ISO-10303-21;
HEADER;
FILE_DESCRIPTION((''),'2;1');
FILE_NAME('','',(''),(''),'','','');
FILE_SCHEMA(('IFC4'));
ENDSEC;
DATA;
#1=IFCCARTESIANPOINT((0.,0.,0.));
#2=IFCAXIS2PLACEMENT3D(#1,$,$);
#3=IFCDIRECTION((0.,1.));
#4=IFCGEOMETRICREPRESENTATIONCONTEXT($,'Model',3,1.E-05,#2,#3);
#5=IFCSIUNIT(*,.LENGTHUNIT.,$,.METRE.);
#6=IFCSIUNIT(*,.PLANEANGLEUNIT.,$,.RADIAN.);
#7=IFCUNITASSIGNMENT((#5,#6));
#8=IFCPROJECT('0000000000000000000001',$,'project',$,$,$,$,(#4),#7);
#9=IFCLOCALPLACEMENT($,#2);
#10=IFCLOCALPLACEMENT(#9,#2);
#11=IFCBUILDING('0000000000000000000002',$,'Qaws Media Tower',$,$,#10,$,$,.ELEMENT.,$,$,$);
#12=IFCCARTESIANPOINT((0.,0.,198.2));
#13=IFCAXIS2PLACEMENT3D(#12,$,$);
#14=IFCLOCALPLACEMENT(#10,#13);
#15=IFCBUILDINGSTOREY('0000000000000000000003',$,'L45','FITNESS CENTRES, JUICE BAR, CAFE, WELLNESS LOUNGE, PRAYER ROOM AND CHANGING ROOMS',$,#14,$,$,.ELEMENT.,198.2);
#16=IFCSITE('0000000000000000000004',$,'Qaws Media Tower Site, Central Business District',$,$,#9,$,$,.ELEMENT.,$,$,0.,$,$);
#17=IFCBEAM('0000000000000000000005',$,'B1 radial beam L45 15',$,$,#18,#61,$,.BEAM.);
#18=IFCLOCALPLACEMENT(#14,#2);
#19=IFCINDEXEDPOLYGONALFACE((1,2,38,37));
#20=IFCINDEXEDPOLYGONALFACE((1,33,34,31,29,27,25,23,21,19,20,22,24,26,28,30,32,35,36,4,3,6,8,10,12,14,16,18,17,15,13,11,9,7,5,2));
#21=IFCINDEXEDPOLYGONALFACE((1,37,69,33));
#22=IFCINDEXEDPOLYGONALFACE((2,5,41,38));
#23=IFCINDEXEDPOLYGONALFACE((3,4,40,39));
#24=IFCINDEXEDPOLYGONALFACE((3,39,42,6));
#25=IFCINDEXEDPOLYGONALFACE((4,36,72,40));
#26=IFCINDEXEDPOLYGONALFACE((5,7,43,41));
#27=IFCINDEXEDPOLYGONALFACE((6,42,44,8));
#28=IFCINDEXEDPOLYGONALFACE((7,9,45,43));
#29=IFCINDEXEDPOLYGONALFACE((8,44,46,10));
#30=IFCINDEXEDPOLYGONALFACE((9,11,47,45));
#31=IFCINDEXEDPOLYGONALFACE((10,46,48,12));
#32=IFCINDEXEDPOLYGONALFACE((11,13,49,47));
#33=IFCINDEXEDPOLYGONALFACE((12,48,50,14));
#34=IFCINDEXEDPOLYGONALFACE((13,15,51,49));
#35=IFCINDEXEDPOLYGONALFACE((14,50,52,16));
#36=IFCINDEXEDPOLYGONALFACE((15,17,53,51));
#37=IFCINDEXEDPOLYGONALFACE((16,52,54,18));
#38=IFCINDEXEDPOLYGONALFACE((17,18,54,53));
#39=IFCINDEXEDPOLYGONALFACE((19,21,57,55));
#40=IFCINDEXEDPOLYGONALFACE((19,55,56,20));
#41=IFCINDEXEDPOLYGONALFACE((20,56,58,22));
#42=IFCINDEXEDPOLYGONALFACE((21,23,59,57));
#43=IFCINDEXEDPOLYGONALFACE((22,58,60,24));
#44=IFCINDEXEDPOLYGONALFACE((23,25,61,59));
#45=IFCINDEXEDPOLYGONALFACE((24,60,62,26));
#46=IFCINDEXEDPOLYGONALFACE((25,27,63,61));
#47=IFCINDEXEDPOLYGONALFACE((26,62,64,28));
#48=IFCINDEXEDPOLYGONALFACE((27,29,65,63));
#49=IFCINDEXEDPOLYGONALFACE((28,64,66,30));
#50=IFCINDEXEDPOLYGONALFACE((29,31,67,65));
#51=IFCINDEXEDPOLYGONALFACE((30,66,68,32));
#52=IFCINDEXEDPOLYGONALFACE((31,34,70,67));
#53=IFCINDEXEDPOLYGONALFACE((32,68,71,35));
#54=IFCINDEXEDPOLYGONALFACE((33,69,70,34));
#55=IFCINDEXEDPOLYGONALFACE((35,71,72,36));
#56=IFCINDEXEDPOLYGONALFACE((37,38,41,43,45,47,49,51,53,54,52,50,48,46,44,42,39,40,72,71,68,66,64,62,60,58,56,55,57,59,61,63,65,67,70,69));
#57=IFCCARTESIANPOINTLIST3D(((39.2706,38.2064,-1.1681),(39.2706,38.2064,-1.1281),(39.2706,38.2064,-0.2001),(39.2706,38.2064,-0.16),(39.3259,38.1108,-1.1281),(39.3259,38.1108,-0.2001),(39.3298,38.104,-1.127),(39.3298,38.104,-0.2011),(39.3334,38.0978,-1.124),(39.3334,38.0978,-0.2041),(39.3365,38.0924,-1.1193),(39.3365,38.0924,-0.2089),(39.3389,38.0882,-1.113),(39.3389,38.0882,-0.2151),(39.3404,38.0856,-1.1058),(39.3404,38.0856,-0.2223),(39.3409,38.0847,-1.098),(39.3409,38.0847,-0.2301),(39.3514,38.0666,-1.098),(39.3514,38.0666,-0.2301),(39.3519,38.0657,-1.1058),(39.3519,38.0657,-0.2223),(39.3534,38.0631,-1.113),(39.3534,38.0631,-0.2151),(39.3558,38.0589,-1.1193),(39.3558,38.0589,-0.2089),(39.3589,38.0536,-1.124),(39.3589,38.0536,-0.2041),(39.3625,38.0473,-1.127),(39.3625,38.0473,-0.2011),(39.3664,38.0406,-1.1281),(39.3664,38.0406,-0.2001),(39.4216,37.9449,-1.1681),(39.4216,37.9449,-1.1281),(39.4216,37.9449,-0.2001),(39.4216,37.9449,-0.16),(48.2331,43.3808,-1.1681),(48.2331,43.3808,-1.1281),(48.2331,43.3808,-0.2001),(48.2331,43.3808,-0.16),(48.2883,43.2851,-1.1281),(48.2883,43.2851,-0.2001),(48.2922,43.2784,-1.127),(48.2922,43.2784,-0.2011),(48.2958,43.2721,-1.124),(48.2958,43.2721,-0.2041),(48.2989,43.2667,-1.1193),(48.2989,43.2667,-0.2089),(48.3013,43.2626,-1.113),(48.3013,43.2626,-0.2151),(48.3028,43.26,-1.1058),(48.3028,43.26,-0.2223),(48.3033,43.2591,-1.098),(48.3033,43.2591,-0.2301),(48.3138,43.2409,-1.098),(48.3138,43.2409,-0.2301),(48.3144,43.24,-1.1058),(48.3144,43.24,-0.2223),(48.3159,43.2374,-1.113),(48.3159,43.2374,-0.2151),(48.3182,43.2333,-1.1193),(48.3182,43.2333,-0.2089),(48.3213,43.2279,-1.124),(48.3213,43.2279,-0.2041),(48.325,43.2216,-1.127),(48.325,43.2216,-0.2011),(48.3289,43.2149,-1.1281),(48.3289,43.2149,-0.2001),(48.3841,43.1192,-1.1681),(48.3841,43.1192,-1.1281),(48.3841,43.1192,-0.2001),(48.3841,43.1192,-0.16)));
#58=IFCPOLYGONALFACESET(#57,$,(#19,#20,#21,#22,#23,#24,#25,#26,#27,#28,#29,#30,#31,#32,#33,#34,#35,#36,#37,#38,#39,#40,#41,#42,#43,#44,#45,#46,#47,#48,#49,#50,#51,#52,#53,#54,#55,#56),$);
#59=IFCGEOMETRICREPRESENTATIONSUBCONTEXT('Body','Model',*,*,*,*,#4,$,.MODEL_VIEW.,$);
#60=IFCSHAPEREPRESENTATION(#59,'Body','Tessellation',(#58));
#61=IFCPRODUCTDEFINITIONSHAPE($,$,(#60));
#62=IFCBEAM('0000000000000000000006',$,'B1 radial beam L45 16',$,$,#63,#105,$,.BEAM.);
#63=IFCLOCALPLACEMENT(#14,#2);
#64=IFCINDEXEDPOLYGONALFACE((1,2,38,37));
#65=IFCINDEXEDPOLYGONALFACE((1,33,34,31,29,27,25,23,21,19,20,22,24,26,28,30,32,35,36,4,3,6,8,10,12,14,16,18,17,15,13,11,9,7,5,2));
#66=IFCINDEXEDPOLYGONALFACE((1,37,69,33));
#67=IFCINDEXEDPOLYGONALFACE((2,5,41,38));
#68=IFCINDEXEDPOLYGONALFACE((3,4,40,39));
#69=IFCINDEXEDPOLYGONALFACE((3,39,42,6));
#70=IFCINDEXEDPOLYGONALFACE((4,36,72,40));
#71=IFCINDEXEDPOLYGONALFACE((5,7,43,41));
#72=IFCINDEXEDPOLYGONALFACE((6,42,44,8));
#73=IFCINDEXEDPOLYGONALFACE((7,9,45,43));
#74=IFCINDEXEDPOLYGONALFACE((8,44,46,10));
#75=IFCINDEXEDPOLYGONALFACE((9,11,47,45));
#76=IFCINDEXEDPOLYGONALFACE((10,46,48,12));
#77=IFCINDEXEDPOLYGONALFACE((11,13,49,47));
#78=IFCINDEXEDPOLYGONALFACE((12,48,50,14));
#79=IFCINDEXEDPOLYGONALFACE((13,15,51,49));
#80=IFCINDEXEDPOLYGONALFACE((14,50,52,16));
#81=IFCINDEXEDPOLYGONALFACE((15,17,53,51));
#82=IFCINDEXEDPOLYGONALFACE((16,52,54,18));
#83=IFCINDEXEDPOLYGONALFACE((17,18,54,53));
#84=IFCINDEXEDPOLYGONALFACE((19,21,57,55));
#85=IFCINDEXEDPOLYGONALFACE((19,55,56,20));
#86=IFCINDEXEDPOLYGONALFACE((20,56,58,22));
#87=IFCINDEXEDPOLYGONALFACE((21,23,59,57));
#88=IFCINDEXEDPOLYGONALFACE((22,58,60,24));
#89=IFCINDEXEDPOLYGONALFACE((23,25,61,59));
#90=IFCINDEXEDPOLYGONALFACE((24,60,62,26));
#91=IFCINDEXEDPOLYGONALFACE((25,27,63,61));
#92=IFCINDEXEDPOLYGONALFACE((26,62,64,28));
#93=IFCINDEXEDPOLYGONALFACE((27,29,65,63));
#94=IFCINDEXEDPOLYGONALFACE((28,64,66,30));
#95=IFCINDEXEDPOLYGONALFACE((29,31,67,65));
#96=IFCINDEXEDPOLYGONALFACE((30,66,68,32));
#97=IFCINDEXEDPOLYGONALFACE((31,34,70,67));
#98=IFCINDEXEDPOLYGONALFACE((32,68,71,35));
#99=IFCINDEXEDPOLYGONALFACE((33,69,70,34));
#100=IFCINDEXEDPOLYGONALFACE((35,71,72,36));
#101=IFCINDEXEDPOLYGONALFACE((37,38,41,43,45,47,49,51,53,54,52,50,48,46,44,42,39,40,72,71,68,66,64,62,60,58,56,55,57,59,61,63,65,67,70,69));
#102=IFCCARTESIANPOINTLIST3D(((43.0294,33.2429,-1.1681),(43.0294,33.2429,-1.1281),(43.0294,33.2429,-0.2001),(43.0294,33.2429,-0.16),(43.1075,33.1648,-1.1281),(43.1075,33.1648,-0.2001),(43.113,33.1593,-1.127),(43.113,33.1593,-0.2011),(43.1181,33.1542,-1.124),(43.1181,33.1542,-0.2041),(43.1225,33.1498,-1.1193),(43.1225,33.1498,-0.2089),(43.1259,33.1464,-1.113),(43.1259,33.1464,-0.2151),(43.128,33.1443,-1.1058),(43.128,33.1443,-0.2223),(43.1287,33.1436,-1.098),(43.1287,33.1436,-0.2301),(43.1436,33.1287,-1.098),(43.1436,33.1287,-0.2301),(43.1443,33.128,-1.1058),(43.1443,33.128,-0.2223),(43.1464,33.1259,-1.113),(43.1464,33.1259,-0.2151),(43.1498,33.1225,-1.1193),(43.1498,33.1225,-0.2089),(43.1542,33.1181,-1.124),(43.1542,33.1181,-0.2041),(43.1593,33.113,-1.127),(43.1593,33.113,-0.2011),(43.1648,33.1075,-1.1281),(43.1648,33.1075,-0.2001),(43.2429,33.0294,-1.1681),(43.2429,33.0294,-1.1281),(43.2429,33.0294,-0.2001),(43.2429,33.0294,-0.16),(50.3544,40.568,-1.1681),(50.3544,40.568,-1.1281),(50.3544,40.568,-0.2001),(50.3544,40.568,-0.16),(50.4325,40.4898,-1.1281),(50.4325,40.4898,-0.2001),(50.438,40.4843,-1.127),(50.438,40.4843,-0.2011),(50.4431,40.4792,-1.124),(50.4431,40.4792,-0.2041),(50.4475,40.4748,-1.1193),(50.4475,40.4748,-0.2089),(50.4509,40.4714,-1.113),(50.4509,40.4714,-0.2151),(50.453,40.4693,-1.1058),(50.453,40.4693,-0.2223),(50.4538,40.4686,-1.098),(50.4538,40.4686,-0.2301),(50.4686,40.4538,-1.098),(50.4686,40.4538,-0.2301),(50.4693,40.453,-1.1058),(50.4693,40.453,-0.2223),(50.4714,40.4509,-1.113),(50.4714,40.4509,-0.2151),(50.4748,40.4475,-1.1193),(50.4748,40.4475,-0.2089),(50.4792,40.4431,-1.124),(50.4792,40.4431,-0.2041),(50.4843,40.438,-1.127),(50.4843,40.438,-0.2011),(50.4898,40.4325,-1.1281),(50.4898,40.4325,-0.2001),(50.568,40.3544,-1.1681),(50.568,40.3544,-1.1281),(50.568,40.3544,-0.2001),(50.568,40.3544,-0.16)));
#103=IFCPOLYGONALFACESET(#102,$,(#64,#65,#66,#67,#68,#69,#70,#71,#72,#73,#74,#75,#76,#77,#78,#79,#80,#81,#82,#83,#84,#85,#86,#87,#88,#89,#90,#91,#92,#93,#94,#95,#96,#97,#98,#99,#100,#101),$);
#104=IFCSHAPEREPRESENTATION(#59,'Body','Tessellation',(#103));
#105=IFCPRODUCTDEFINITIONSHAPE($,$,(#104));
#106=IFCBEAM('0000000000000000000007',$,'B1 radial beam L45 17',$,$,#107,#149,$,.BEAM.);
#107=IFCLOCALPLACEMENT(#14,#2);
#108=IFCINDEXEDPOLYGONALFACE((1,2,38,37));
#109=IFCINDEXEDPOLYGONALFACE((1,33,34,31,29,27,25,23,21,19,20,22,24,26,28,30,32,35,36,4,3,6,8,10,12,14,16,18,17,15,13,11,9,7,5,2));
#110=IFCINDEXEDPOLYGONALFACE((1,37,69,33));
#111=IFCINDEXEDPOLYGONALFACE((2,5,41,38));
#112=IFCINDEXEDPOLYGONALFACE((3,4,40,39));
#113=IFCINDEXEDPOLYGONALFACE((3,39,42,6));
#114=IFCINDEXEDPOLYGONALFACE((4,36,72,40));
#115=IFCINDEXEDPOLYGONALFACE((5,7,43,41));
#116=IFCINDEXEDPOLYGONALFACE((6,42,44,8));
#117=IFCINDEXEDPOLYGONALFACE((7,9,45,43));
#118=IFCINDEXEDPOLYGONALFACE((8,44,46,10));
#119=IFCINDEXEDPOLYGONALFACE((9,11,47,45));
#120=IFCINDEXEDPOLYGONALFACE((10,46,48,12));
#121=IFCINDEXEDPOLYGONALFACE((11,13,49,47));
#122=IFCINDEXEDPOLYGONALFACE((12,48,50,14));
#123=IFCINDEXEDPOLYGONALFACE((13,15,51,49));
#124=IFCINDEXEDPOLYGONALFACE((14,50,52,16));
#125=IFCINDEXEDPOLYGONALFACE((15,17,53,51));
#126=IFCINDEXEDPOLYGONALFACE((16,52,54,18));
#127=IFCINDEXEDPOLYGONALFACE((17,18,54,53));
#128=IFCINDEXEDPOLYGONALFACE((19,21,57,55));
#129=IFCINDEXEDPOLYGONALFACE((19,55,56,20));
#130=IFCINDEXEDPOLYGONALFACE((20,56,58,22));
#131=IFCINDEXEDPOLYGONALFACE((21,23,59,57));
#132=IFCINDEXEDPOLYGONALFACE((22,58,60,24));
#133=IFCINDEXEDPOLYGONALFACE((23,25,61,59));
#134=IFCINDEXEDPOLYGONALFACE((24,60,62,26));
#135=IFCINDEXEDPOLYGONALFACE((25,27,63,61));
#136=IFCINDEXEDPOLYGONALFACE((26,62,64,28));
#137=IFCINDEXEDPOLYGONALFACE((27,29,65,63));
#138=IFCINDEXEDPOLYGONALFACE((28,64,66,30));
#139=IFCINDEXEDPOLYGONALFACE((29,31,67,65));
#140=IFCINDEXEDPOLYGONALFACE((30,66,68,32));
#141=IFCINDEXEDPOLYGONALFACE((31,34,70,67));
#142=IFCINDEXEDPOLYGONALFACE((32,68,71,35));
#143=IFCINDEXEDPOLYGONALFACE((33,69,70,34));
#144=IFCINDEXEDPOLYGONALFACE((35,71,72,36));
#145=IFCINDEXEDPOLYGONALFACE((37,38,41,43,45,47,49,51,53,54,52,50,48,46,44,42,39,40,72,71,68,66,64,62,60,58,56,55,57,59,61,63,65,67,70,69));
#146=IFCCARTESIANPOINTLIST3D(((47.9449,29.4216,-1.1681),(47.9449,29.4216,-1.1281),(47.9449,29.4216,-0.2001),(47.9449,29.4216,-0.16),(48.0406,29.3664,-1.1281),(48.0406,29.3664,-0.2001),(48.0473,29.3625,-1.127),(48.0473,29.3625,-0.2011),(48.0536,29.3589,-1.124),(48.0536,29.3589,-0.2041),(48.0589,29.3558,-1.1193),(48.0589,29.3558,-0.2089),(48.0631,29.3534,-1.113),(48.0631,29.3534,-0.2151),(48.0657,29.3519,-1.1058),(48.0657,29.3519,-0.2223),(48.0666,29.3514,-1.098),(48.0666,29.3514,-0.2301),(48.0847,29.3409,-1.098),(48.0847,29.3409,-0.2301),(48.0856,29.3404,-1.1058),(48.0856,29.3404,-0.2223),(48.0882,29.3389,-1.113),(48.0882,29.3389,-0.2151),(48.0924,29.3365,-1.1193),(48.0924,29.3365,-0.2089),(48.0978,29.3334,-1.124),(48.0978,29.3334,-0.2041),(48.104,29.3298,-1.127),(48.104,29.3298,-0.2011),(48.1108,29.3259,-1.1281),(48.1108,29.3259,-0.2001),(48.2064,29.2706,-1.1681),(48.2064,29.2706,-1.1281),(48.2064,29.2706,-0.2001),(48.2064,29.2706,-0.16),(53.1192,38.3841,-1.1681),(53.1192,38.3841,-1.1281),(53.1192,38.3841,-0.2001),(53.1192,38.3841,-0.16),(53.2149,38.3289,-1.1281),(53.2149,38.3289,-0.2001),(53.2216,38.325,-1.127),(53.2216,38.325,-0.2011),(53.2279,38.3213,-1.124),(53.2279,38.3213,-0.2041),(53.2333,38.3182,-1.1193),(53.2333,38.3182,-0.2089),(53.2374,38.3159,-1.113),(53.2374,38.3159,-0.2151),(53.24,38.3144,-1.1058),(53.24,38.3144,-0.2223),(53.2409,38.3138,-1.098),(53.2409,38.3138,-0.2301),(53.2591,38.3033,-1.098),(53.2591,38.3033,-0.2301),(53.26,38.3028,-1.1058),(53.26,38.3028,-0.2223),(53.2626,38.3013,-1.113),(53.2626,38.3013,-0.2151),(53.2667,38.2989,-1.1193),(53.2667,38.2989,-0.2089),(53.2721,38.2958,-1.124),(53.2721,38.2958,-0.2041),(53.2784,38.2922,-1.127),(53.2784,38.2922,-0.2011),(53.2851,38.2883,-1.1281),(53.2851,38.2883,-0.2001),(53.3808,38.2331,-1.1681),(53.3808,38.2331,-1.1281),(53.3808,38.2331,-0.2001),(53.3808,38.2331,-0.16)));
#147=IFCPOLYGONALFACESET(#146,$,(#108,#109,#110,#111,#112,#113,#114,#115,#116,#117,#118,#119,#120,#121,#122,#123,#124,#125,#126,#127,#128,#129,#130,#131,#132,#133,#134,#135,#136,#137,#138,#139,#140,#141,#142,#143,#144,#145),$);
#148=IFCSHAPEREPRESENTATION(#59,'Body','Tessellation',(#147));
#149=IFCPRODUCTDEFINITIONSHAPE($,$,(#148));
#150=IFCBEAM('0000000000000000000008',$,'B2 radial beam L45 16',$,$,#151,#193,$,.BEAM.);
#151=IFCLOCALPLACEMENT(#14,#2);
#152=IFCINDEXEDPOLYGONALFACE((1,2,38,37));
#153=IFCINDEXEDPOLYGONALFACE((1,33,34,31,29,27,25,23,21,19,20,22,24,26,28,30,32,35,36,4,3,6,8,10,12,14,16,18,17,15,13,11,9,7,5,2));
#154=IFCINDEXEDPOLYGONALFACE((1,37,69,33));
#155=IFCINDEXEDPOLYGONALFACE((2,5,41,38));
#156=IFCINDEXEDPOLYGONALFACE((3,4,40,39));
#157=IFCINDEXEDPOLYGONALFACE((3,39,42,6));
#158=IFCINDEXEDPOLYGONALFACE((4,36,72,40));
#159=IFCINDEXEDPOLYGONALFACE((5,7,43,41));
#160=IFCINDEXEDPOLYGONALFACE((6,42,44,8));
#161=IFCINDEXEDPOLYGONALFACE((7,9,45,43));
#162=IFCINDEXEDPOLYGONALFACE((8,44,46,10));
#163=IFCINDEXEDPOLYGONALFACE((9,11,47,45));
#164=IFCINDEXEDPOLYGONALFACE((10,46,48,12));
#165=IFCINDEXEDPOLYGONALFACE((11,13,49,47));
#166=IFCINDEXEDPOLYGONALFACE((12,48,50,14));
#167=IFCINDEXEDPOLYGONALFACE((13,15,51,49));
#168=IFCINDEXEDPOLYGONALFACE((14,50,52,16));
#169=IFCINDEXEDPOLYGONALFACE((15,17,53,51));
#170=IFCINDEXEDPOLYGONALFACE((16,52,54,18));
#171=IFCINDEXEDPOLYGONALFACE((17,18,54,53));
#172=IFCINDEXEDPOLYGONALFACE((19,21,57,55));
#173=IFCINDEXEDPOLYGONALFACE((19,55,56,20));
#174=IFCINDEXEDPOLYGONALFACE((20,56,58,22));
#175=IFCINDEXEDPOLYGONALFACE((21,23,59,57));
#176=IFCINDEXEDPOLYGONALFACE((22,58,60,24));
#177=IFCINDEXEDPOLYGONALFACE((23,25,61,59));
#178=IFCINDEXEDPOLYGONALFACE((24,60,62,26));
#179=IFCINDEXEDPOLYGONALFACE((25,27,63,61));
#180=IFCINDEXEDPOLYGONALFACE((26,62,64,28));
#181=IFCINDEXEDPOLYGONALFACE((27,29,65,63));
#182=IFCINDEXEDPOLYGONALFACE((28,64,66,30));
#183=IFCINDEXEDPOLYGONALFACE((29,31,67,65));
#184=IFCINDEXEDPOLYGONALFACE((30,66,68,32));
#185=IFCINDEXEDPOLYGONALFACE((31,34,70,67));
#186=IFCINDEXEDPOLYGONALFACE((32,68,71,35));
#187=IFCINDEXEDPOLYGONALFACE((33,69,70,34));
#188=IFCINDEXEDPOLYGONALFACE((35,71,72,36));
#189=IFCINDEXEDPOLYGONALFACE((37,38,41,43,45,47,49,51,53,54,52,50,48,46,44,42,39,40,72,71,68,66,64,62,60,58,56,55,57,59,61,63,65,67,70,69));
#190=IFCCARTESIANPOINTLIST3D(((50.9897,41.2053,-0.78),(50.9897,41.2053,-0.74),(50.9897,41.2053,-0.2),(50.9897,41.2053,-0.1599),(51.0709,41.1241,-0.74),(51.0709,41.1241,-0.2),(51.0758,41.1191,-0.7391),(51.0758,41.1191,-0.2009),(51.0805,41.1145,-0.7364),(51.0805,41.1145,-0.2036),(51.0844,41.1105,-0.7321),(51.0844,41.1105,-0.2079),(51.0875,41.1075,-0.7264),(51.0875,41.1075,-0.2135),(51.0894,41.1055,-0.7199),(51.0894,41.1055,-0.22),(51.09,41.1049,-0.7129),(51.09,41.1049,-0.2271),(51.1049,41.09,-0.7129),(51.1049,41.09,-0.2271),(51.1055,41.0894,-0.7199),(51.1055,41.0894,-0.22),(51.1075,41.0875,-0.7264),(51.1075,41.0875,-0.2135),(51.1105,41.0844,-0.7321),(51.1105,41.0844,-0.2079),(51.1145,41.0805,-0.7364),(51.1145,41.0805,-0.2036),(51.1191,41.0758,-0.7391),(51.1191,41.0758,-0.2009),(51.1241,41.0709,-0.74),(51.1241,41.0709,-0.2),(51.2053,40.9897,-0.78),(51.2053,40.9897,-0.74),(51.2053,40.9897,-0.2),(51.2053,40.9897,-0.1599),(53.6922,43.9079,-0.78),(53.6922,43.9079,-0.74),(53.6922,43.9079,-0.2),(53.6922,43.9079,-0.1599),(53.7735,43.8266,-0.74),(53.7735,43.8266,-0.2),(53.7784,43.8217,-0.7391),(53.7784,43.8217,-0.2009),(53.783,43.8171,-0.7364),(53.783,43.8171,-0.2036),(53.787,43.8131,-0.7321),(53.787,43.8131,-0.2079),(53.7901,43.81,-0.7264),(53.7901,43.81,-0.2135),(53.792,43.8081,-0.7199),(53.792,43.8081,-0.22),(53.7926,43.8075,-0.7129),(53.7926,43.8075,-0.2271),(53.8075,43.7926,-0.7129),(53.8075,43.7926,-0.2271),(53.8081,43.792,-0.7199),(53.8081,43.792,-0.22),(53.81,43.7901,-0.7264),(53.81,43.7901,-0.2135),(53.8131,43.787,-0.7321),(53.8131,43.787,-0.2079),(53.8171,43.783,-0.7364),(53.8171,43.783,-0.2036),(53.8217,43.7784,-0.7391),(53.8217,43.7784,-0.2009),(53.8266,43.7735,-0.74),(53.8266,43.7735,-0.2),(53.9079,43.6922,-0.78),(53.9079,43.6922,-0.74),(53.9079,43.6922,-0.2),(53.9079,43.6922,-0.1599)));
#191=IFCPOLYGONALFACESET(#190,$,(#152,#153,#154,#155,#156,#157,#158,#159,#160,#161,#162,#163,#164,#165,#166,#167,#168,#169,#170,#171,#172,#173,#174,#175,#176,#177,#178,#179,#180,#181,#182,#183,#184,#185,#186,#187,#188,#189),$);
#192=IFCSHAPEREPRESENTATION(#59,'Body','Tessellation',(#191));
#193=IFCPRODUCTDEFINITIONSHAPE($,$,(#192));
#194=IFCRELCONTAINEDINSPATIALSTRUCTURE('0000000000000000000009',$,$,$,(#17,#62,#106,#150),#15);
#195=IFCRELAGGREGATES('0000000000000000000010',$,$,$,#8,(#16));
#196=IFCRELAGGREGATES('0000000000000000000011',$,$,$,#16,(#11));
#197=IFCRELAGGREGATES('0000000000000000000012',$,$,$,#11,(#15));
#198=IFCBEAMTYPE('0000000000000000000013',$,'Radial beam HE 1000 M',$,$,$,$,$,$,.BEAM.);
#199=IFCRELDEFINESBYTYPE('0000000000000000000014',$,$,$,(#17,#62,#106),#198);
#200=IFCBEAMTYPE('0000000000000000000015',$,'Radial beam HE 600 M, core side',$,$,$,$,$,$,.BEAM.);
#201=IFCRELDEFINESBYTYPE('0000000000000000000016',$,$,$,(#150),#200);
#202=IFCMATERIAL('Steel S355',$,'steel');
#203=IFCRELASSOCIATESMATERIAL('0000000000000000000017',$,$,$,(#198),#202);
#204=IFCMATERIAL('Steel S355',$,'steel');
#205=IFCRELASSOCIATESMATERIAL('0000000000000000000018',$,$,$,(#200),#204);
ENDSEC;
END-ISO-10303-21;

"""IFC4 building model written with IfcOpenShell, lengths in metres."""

from ifc_helpers import new_model, si_unit, direction, frame, origin, origin_2d, place, context, subcontext, project, spatial, i_section, extrude, material, material_profile, profile_set, type_object, element, save


model = new_model("IFC4")

# Units and contexts
model_context = context("Model", 3, precision=1e-05, world=origin(), true_north=direction((0.0, 1.0)))
body_context = subcontext(model_context, "Body", "Model", "MODEL_VIEW")
ifc_project = project(units=[si_unit("LENGTHUNIT", "METRE"), si_unit("PLANEANGLEUNIT", "RADIAN")], contexts=[model_context])

# Site, building, storey
site_placement = place(None, origin())
site = spatial("IfcSite", under=ifc_project, at=site_placement, Name="Qaws Media Tower Site, Central Business District", CompositionType="ELEMENT", RefElevation=0.0)
building_placement = place(site_placement, origin())
building = spatial("IfcBuilding", under=site, at=building_placement, Name="Qaws Media Tower", CompositionType="ELEMENT")
storey_placement = place(building_placement, frame((0.0, 0.0, 198.2)))
storey = spatial("IfcBuildingStorey", under=building, at=storey_placement, Name="L45", Description="FITNESS CENTRES, JUICE BAR, CAFE, WELLNESS LOUNGE, PRAYER ROOM AND CHANGING ROOMS", CompositionType="ELEMENT", Elevation=198.2)

# Beams
ifc_material_1 = material(Name="Steel S355", Category="steel")
ifc_material_profile_1 = material_profile(ifc_material_1, i_section(OverallWidth=0.302, OverallDepth=1.0081, WebThickness=0.021, FlangeThickness=0.04, FilletRadius=0.03, at=origin_2d()), Name="HE 1000 M")
ifc_profile_set_1 = profile_set([ifc_material_profile_1], Name="Steel S355")
beam_type_1 = type_object("IfcBeamType", Name="Radial beam HE 1000 M", PredefinedType="BEAM", material=ifc_profile_set_1)
beam_1_placement = place(storey_placement, frame((48.3086, 43.25, -0.6641), z_axis=(-0.866031, -0.499991, 0.0), x_axis=(0.499991, -0.866031, 0.0)))
element("IfcBeam", 1, at=beam_1_placement, inside=storey, type_object=beam_type_1, Name="B1 radial beam L45 15", PredefinedType="BEAM", context=body_context, shape_type="SweptSolid", body=[
    extrude(i_section(OverallWidth=0.302, OverallDepth=1.0081, WebThickness=0.021, FlangeThickness=0.04, FilletRadius=0.03, at=origin_2d()), origin(), (0.0, 0.0, 1.0), 10.3489),
])
beam_2_placement = place(storey_placement, frame((50.4612, 40.4612, -0.6641), z_axis=(-0.707107, -0.707107, 0.0), x_axis=(0.707107, -0.707107, 0.0)))
element("IfcBeam", 2, at=beam_2_placement, inside=storey, type_object=beam_type_1, Name="B1 radial beam L45 16", PredefinedType="BEAM", context=body_context, shape_type="SweptSolid", body=[
    extrude(i_section(OverallWidth=0.302, OverallDepth=1.0081, WebThickness=0.021, FlangeThickness=0.04, FilletRadius=0.03, at=origin_2d()), origin(), (0.0, 0.0, 1.0), 10.3591),
])
beam_3_placement = place(storey_placement, frame((53.25, 38.3086, -0.6641), z_axis=(-0.499991, -0.866031, 0.0), x_axis=(0.866031, -0.499991, 0.0)))
element("IfcBeam", 3, at=beam_3_placement, inside=storey, type_object=beam_type_1, Name="B1 radial beam L45 17", PredefinedType="BEAM", context=body_context, shape_type="SweptSolid", body=[
    extrude(i_section(OverallWidth=0.302, OverallDepth=1.0081, WebThickness=0.021, FlangeThickness=0.04, FilletRadius=0.03, at=origin_2d()), origin(), (0.0, 0.0, 1.0), 10.3489),
])
ifc_material_2 = material(Name="Steel S355", Category="steel")
ifc_material_profile_2 = material_profile(ifc_material_2, i_section(OverallWidth=0.3049, OverallDepth=0.6201, WebThickness=0.021, FlangeThickness=0.04, FilletRadius=0.0271, at=origin_2d()), Name="HE 600 M")
ifc_profile_set_2 = profile_set([ifc_material_profile_2], Name="Steel S355")
beam_type_2 = type_object("IfcBeamType", Name="Radial beam HE 600 M, core side", PredefinedType="BEAM", material=ifc_profile_set_2)
beam_4_placement = place(storey_placement, frame((53.8, 43.8, -0.47), z_axis=(-0.707107, -0.707107, 0.0), x_axis=(0.707107, -0.707107, 0.0)))
element("IfcBeam", 4, at=beam_4_placement, inside=storey, type_object=beam_type_2, Name="B2 radial beam L45 16", PredefinedType="BEAM", context=body_context, shape_type="SweptSolid", body=[
    extrude(i_section(OverallWidth=0.3049, OverallDepth=0.6201, WebThickness=0.021, FlangeThickness=0.04, FilletRadius=0.0271, at=origin_2d()), origin(), (0.0, 0.0, 1.0), 3.822),
])

save(model, "model.ifc")
